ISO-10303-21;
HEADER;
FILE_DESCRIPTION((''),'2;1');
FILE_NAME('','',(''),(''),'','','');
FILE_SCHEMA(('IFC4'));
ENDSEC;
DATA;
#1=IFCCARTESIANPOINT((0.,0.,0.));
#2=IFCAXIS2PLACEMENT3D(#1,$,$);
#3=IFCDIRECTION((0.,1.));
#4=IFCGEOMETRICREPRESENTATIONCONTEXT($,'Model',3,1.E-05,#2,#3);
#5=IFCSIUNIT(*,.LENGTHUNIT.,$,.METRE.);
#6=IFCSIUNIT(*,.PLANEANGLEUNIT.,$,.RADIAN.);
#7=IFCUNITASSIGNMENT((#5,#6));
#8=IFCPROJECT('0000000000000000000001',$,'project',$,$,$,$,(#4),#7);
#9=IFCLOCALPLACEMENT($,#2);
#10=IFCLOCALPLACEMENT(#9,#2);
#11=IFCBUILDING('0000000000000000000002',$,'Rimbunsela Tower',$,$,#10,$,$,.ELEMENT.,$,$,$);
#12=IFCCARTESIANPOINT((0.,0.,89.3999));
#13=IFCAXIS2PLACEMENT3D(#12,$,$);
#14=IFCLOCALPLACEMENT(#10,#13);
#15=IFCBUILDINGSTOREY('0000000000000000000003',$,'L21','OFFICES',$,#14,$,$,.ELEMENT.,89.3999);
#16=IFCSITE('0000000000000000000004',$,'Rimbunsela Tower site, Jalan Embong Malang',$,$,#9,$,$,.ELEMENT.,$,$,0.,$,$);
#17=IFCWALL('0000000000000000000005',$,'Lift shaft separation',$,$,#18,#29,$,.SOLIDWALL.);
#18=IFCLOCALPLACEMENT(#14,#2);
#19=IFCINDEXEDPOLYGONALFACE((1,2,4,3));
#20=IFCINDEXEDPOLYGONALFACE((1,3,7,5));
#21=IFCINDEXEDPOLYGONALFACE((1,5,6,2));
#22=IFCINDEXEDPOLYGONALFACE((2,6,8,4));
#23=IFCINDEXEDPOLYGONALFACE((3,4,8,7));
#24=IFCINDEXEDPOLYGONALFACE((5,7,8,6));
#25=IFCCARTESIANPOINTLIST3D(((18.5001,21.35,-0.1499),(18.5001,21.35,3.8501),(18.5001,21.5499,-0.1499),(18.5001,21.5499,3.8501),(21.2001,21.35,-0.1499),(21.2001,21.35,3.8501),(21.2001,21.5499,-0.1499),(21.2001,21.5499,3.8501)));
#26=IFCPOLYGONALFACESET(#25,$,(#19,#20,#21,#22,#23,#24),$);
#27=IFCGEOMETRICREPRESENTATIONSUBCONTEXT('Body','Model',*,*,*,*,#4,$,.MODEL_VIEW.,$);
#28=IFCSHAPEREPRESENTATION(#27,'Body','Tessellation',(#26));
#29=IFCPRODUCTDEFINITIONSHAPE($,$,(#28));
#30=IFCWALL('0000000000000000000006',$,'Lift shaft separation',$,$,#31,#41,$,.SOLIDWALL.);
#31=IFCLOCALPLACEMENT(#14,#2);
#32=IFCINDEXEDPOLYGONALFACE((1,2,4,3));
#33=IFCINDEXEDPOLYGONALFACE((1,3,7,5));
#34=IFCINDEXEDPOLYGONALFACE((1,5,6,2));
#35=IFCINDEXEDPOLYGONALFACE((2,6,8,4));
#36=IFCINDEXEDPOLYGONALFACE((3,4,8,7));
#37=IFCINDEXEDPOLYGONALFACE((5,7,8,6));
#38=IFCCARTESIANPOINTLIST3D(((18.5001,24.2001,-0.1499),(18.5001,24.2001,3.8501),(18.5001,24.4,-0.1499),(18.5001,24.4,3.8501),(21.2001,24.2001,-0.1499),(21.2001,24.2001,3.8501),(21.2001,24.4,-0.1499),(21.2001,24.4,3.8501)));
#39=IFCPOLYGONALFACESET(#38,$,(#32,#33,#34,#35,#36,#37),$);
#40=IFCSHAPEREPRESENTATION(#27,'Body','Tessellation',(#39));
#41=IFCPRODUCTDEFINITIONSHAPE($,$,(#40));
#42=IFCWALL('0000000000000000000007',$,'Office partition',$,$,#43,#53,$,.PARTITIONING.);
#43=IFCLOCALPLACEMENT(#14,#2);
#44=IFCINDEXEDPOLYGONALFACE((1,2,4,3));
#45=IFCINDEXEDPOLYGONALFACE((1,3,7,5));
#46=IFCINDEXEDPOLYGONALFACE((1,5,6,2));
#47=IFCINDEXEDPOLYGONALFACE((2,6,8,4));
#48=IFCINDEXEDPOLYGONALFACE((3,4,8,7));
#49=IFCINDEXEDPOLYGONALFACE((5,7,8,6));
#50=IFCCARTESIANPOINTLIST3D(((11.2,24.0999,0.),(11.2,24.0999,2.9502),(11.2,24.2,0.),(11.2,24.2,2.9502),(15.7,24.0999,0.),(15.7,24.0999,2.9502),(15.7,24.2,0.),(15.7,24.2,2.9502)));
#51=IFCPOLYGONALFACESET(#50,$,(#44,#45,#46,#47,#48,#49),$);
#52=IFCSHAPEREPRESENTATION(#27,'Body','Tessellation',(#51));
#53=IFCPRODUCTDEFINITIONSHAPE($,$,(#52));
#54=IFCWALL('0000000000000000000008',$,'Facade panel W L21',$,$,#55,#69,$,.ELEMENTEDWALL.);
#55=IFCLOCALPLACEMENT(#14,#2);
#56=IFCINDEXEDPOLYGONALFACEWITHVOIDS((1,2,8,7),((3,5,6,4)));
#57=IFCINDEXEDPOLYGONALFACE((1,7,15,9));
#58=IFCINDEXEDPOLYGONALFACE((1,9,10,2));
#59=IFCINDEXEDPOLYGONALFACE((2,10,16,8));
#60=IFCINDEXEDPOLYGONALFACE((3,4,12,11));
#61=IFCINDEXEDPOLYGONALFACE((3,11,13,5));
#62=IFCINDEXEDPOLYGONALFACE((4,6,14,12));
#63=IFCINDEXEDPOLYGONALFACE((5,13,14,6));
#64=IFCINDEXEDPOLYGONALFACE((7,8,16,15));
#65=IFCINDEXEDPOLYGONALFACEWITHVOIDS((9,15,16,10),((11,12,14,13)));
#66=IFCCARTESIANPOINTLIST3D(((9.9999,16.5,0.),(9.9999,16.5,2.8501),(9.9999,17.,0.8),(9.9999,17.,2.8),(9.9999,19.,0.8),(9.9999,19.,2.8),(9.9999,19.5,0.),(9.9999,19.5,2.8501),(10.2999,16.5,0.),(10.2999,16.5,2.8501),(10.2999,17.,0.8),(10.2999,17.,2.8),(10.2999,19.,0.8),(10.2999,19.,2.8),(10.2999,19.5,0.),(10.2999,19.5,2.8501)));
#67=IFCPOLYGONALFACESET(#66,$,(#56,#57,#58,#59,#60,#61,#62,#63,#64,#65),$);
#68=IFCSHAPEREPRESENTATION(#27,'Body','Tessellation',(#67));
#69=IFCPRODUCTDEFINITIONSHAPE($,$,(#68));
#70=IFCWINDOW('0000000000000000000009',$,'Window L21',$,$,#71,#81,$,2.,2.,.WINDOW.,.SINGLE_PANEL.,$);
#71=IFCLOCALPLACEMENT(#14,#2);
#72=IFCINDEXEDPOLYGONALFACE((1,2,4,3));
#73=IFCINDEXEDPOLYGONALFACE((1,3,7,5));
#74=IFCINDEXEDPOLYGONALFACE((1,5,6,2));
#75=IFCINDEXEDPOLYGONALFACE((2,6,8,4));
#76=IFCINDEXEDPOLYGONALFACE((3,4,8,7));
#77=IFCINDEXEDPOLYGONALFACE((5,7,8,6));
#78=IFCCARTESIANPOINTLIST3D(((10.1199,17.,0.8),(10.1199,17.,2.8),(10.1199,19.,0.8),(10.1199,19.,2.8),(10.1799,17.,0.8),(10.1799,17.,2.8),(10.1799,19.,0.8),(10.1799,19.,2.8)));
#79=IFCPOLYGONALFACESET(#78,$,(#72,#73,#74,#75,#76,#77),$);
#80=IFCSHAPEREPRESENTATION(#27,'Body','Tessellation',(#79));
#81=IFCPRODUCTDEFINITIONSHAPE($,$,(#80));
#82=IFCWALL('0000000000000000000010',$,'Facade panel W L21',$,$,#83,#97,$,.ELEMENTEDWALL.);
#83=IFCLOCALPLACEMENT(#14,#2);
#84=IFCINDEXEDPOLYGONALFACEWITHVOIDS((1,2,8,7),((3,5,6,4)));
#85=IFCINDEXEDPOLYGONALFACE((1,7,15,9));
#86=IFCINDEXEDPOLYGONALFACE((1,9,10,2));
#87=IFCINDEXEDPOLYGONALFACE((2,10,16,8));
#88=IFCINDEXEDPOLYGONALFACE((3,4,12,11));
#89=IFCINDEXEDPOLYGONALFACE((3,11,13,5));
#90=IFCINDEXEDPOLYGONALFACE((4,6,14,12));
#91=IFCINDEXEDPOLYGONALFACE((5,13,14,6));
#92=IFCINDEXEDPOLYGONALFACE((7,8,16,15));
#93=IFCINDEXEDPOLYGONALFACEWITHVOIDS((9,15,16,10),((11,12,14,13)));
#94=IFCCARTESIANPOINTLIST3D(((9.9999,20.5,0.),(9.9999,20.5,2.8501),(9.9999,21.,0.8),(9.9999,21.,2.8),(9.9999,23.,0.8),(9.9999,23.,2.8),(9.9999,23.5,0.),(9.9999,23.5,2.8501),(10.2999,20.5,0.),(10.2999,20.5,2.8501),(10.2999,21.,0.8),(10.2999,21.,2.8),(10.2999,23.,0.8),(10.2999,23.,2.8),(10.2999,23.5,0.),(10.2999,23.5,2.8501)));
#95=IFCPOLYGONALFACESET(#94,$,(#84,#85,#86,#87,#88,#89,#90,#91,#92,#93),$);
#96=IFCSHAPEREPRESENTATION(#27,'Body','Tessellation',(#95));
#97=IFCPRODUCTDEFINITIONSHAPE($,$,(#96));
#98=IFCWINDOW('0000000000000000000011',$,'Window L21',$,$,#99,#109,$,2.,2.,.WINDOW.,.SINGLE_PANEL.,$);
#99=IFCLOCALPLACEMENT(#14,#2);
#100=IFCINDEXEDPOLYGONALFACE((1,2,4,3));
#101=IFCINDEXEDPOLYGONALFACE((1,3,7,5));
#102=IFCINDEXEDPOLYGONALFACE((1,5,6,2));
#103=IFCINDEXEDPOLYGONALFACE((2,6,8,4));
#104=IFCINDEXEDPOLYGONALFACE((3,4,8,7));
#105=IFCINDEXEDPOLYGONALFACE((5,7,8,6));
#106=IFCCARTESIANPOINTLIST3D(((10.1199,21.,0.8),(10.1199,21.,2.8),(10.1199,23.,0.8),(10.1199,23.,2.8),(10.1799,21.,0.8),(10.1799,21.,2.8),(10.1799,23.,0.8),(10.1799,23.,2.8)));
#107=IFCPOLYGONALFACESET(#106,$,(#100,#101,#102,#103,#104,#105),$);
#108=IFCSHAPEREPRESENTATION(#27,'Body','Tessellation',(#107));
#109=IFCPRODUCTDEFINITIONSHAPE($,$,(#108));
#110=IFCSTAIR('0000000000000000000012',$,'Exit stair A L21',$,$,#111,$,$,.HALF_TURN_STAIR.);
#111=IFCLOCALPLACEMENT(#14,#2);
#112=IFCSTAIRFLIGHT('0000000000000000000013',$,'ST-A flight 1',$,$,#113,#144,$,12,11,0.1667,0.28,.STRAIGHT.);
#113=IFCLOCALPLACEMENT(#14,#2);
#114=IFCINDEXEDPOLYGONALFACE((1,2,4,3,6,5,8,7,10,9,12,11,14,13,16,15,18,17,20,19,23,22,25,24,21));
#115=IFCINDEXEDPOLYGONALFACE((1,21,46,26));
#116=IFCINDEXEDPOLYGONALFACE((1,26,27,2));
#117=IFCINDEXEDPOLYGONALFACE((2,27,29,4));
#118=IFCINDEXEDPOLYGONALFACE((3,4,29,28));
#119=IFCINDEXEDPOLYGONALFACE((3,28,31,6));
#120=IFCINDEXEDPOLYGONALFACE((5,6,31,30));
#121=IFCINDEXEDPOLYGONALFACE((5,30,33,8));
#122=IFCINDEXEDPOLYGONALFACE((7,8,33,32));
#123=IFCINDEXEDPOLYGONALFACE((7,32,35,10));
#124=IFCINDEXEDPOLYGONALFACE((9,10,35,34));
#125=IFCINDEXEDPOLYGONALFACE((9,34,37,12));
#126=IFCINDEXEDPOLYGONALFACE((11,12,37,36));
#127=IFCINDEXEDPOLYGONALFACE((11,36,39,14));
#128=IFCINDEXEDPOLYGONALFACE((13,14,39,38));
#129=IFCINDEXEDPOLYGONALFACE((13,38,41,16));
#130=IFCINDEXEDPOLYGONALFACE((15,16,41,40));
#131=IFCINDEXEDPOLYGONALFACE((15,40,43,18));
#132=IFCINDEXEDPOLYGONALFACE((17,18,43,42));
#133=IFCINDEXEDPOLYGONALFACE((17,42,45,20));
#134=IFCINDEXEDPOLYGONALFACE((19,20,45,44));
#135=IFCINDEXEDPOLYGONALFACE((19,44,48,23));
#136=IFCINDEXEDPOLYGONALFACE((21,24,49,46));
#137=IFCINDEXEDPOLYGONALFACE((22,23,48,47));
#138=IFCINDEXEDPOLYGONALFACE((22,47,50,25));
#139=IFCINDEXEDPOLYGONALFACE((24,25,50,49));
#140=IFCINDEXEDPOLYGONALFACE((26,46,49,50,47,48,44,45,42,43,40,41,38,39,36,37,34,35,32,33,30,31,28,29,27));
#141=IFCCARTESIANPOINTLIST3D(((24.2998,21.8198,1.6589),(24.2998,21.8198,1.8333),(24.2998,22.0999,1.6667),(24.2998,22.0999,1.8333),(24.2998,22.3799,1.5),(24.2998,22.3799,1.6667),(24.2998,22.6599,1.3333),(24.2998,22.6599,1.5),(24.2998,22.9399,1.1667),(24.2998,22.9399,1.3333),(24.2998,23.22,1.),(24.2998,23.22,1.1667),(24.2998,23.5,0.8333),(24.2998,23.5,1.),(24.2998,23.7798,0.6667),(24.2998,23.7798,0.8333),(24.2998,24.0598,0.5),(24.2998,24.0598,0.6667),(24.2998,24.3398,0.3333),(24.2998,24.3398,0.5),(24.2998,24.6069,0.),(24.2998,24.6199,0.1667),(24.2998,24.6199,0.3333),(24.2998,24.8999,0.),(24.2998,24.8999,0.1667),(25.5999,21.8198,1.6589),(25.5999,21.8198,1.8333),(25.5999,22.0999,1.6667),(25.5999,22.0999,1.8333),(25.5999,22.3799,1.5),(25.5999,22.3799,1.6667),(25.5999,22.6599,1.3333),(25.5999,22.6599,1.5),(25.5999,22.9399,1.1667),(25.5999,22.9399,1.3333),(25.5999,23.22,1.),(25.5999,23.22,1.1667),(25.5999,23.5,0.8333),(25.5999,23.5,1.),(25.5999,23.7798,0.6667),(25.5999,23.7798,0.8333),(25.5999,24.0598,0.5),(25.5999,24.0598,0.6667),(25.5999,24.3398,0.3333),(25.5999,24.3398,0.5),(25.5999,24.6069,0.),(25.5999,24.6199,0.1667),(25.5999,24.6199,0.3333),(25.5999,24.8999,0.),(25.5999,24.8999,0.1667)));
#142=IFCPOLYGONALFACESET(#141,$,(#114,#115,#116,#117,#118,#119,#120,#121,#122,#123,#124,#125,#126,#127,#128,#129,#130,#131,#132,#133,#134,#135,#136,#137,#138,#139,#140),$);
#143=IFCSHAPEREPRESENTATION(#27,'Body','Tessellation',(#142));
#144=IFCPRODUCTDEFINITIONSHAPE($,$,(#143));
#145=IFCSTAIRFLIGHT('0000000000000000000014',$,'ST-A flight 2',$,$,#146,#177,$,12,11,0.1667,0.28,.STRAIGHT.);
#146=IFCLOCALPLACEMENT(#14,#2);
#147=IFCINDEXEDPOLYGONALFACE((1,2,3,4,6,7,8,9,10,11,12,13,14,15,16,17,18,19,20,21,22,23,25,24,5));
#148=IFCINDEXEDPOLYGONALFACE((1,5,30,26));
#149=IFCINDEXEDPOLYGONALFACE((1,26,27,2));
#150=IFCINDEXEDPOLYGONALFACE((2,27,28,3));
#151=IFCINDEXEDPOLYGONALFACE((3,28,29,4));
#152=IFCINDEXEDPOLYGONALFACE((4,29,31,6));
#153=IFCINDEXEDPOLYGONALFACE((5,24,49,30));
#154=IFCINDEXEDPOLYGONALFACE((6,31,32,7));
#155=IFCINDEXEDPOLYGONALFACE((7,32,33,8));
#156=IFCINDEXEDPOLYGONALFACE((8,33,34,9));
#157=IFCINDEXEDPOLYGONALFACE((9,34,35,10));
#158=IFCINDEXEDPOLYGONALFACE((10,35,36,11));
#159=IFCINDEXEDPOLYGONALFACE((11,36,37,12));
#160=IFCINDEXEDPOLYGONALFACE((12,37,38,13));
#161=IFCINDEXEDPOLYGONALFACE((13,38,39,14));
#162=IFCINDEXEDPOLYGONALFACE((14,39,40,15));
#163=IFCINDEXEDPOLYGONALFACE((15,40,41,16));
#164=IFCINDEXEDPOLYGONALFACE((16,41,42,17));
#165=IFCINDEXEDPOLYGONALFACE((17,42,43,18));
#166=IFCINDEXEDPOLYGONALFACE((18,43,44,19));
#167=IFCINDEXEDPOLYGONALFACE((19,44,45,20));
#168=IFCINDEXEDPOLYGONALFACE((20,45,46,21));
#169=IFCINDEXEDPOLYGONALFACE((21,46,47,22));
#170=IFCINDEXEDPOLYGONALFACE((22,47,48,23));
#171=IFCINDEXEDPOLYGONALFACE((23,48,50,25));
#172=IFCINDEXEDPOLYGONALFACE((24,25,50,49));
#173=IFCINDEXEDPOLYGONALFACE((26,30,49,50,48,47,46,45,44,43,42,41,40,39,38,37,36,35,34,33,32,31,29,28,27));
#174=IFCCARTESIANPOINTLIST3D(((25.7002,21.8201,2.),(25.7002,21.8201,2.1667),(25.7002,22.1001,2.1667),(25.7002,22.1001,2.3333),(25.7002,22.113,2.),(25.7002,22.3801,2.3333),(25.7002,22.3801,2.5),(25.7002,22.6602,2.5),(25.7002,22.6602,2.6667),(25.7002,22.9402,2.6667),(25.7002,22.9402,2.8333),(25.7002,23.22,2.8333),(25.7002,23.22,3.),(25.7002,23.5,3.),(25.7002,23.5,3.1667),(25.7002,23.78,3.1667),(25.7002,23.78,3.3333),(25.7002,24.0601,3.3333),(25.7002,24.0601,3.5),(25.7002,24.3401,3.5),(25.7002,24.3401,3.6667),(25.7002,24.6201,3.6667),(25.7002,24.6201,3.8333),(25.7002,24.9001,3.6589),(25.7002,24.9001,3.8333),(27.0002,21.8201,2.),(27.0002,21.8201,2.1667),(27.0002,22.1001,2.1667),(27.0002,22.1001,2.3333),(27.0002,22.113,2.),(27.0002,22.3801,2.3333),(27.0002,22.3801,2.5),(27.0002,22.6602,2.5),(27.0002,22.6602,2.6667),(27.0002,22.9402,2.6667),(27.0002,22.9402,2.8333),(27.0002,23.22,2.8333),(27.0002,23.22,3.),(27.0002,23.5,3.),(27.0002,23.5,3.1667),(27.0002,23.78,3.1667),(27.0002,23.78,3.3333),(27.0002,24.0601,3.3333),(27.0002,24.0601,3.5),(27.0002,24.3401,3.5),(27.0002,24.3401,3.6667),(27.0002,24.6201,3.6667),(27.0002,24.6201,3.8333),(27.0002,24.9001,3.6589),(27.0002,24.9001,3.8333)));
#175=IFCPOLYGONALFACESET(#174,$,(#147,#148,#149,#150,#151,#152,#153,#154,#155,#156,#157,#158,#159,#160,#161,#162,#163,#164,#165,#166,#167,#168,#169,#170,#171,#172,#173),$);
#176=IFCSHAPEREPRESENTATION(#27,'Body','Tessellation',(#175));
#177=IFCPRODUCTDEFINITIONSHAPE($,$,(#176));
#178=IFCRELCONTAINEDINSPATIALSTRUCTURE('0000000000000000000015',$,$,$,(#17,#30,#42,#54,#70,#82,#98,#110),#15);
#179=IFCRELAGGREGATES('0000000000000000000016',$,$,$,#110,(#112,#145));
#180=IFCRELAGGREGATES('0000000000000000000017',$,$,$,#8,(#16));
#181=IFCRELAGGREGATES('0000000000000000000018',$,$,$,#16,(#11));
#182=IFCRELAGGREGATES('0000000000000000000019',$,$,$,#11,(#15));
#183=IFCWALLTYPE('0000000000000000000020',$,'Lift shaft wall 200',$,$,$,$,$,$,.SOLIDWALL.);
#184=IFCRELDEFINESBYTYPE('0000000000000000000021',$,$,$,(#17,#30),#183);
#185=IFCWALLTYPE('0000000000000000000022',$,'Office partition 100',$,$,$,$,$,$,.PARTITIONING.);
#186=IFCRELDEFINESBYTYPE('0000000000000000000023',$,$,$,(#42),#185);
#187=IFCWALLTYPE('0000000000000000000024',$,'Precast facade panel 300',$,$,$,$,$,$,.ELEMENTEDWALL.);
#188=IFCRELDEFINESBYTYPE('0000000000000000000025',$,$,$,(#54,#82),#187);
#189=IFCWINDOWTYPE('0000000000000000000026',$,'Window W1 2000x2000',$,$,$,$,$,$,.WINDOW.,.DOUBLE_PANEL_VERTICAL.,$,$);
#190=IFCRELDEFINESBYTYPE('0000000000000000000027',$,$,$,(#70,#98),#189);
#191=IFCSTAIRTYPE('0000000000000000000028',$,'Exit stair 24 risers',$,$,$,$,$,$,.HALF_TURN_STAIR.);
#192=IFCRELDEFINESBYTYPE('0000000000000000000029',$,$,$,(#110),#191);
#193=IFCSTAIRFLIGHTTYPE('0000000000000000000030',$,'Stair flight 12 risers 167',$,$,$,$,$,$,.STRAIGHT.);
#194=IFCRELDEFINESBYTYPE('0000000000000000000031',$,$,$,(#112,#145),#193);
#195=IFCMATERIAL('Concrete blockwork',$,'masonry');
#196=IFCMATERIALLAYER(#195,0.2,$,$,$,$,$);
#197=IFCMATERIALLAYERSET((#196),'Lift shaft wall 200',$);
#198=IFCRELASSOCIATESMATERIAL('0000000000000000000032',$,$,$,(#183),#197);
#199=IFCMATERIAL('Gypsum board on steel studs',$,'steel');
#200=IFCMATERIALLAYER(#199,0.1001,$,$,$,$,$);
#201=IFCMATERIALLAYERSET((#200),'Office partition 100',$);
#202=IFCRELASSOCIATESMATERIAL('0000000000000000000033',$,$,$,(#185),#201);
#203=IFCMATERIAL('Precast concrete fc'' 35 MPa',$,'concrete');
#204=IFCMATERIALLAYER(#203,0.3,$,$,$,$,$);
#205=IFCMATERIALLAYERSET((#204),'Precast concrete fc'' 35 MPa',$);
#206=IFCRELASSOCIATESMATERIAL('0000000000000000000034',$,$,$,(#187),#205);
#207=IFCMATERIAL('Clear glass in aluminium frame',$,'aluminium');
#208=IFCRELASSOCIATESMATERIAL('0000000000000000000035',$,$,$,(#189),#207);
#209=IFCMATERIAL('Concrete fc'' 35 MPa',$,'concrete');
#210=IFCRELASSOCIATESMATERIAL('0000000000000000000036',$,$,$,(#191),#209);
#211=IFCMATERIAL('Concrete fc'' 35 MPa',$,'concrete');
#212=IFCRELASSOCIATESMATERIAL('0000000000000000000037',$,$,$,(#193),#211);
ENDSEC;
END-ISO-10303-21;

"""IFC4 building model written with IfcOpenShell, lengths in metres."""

from ifc_helpers import new_model, si_unit, direction, frame, frame_2d, origin, place, context, subcontext, project, spatial, polyline, rectangle, outline, extrude, material, layer, layer_set, type_object, element, fill, aggregate, save


model = new_model("IFC4")

# Units and contexts
model_context = context("Model", 3, precision=1e-05, world=origin(), true_north=direction((0.0, 1.0)))
body_context = subcontext(model_context, "Body", "Model", "MODEL_VIEW")
ifc_project = project(units=[si_unit("LENGTHUNIT", "METRE"), si_unit("PLANEANGLEUNIT", "RADIAN")], contexts=[model_context])

# Site, building, storey
site_placement = place(None, origin())
site = spatial("IfcSite", under=ifc_project, at=site_placement, Name="Rimbunsela Tower site, Jalan Embong Malang", CompositionType="ELEMENT", RefElevation=0.0)
building_placement = place(site_placement, origin())
building = spatial("IfcBuilding", under=site, at=building_placement, Name="Rimbunsela Tower", CompositionType="ELEMENT")
storey_placement = place(building_placement, frame((0.0, 0.0, 89.3999)))
storey = spatial("IfcBuildingStorey", under=building, at=storey_placement, Name="L21", Description="OFFICES", CompositionType="ELEMENT", Elevation=89.3999)

# Walls
ifc_material_1 = material(Name="Concrete blockwork", Category="masonry")
ifc_layer_1 = layer(ifc_material_1, 0.2)
ifc_layer_set_1 = layer_set([ifc_layer_1], Name="Lift shaft wall 200")
wall_type_1 = type_object("IfcWallType", Name="Lift shaft wall 200", PredefinedType="SOLIDWALL", material=ifc_layer_set_1)
for number, where, z_axis, x_axis, name in (
    (1, (18.5, 21.45, -0.1499), (0.0, 0.0, 1.0), (1.0, 0.0, 0.0), "Lift shaft separation"),
    (2, (18.5, 24.3, -0.1499), (0.0, 0.0, 1.0), (1.0, 0.0, 0.0), "Lift shaft separation"),
):
    element("IfcWall", number, at=place(storey_placement, frame(where, z_axis=z_axis, x_axis=x_axis)), inside=storey, type_object=wall_type_1, Name=name, PredefinedType="SOLIDWALL", context=body_context, shape_type="SweptSolid", body=[
        extrude(rectangle(XDim=2.7, YDim=0.2, at=frame_2d((1.3501, 0.0))), origin(), (0.0, 0.0, 1.0), 4.0),
    ])
ifc_material_2 = material(Name="Gypsum board on steel studs", Category="steel")
ifc_layer_2 = layer(ifc_material_2, 0.1001)
ifc_layer_set_2 = layer_set([ifc_layer_2], Name="Office partition 100")
wall_type_2 = type_object("IfcWallType", Name="Office partition 100", PredefinedType="PARTITIONING", material=ifc_layer_set_2)
wall_1_placement = place(storey_placement, frame((11.2, 24.1499, 0.0), z_axis=(0.0, 0.0, 1.0), x_axis=(1.0, 0.0, 0.0)))
element("IfcWall", 3, at=wall_1_placement, inside=storey, type_object=wall_type_2, Name="Office partition", PredefinedType="PARTITIONING", context=body_context, shape_type="SweptSolid", body=[
    extrude(rectangle(XDim=4.5, YDim=0.1001, at=frame_2d((2.25, 0.0))), origin(), (0.0, 0.0, 1.0), 2.9502),
])

# Walls, openings, windows
ifc_material_3 = material(Name="Precast concrete fc' 35 MPa", Category="concrete")
ifc_layer_3 = layer(ifc_material_3, 0.3)
ifc_layer_set_3 = layer_set([ifc_layer_3], Name="Precast concrete fc' 35 MPa")
wall_type_3 = type_object("IfcWallType", Name="Precast facade panel 300", PredefinedType="ELEMENTEDWALL", material=ifc_layer_set_3)
wall_2_placement = place(storey_placement, frame((10.1499, 19.5, 0.0), z_axis=(0.0, 0.0, 1.0), x_axis=(0.0, -1.0, 0.0)))
wall_2 = element("IfcWall", 4, at=wall_2_placement, inside=storey, type_object=wall_type_3, Name="Facade panel W L21", PredefinedType="ELEMENTEDWALL", context=body_context, shape_type="SweptSolid", body=[
    extrude(rectangle(XDim=3.0, YDim=0.3, at=frame_2d((1.5, 0.0))), origin(), (0.0, 0.0, 1.0), 2.8501),
])
opening_1_placement = place(wall_2_placement, frame((0.5, 0.0, 0.8)))
opening_1 = element("IfcOpeningElement", 5, at=opening_1_placement, cuts=wall_2, PredefinedType="OPENING", context=body_context, shape_type="SweptSolid", body=[
    extrude(rectangle(XDim=2.0, YDim=2.0, at=frame_2d((1.0, 1.0))), frame((0.0, 0.1599, 0.0), z_axis=(0.0, -1.0, 0.0), x_axis=(1.0, 0.0, 0.0)), (0.0, 0.0, 1.0), 0.3201),
])
ifc_material_4 = material(Name="Clear glass in aluminium frame", Category="aluminium")
window_type = type_object("IfcWindowType", Name="Window W1 2000x2000", PartitioningType="DOUBLE_PANEL_VERTICAL", PredefinedType="WINDOW", material=ifc_material_4)
window_1_placement = place(opening_1_placement, origin())
window_1 = element("IfcWindow", 6, at=window_1_placement, inside=storey, type_object=window_type, Name="Window L21", OverallHeight=2.0, OverallWidth=2.0, PartitioningType="SINGLE_PANEL", PredefinedType="WINDOW", context=body_context, shape_type="SweptSolid", body=[
    extrude(rectangle(XDim=2.0, YDim=2.0, at=frame_2d((1.0, 1.0))), frame((0.0, 0.03, 0.0), z_axis=(0.0, -1.0, 0.0), x_axis=(1.0, 0.0, 0.0)), (0.0, 0.0, 1.0), 0.0601),
])
fill(opening_1, window_1)
wall_3_placement = place(storey_placement, frame((10.1499, 23.5, 0.0), z_axis=(0.0, 0.0, 1.0), x_axis=(0.0, -1.0, 0.0)))
wall_3 = element("IfcWall", 7, at=wall_3_placement, inside=storey, type_object=wall_type_3, Name="Facade panel W L21", PredefinedType="ELEMENTEDWALL", context=body_context, shape_type="SweptSolid", body=[
    extrude(rectangle(XDim=3.0, YDim=0.3, at=frame_2d((1.5, 0.0))), origin(), (0.0, 0.0, 1.0), 2.8501),
])
opening_2_placement = place(wall_3_placement, frame((0.5, 0.0, 0.8)))
opening_2 = element("IfcOpeningElement", 8, at=opening_2_placement, cuts=wall_3, PredefinedType="OPENING", context=body_context, shape_type="SweptSolid", body=[
    extrude(rectangle(XDim=2.0, YDim=2.0, at=frame_2d((1.0, 1.0))), frame((0.0, 0.1599, 0.0), z_axis=(0.0, -1.0, 0.0), x_axis=(1.0, 0.0, 0.0)), (0.0, 0.0, 1.0), 0.3201),
])
window_2_placement = place(opening_2_placement, origin())
window_2 = element("IfcWindow", 9, at=window_2_placement, inside=storey, type_object=window_type, Name="Window L21", OverallHeight=2.0, OverallWidth=2.0, PartitioningType="SINGLE_PANEL", PredefinedType="WINDOW", context=body_context, shape_type="SweptSolid", body=[
    extrude(rectangle(XDim=2.0, YDim=2.0, at=frame_2d((1.0, 1.0))), frame((0.0, 0.03, 0.0), z_axis=(0.0, -1.0, 0.0), x_axis=(1.0, 0.0, 0.0)), (0.0, 0.0, 1.0), 0.0601),
])
fill(opening_2, window_2)

# Stair, stair flights
ifc_material_5 = material(Name="Concrete fc' 35 MPa", Category="concrete")
stair_type = type_object("IfcStairType", Name="Exit stair 24 risers", PredefinedType="HALF_TURN_STAIR", material=ifc_material_5)
stair_placement = place(storey_placement, origin())
stair = element("IfcStair", 10, at=stair_placement, inside=storey, type_object=stair_type, Name="Exit stair A L21", PredefinedType="HALF_TURN_STAIR")
ifc_material_6 = material(Name="Concrete fc' 35 MPa", Category="concrete")
stair_flight_type = type_object("IfcStairFlightType", Name="Stair flight 12 risers 167", PredefinedType="STRAIGHT", material=ifc_material_6)
stair_flight_1_placement = place(storey_placement, frame((24.95, 24.8999, 0.0), z_axis=(0.0, 0.0, 1.0), x_axis=(0.0, -1.0, 0.0)))
stair_flight_1 = element("IfcStairFlight", 11, at=stair_flight_1_placement, type_object=stair_flight_type, Name="ST-A flight 1", NumberOfRisers=12, NumberOfTreads=11, PredefinedType="STRAIGHT", RiserHeight=0.1667, TreadLength=0.28, context=body_context, shape_type="SweptSolid", body=[
    extrude(outline(polyline([(0.0, 0.0), (0.0, 0.1667), (0.28, 0.1667), (0.28, 0.3333), (0.5601, 0.3333), (0.5601, 0.5), (0.8401, 0.5), (0.8401, 0.6667), (1.1201, 0.6667), (1.1201, 0.8333), (1.3999, 0.8333), (1.3999, 1.0), (1.6799, 1.0), (1.6799, 1.1667), (1.96, 1.1667), (1.96, 1.3333), (2.24, 1.3333), (2.24, 1.5), (2.52, 1.5), (2.52, 1.6667), (2.8, 1.6667), (2.8, 1.8333), (3.0801, 1.8333), (3.0801, 2.0), (3.0801, 1.6589), (0.293, 0.0), (0.0, 0.0)])), frame((0.0, 0.6499, 0.0), z_axis=(0.0, -1.0, 0.0), x_axis=(1.0, 0.0, 0.0)), (0.0, 0.0, 1.0), 1.3),
])
stair_flight_2_placement = place(storey_placement, frame((26.3501, 21.8201, 2.0), z_axis=(0.0, 0.0, 1.0), x_axis=(0.0, 1.0, 0.0)))
stair_flight_2 = element("IfcStairFlight", 12, at=stair_flight_2_placement, type_object=stair_flight_type, Name="ST-A flight 2", NumberOfRisers=12, NumberOfTreads=11, PredefinedType="STRAIGHT", RiserHeight=0.1667, TreadLength=0.28, context=body_context, shape_type="SweptSolid", body=[
    extrude(outline(polyline([(0.0, 0.0), (0.0, 0.1667), (0.28, 0.1667), (0.28, 0.3333), (0.5601, 0.3333), (0.5601, 0.5), (0.8401, 0.5), (0.8401, 0.6667), (1.1201, 0.6667), (1.1201, 0.8333), (1.3999, 0.8333), (1.3999, 1.0), (1.6799, 1.0), (1.6799, 1.1667), (1.96, 1.1667), (1.96, 1.3333), (2.24, 1.3333), (2.24, 1.5), (2.52, 1.5), (2.52, 1.6667), (2.8, 1.6667), (2.8, 1.8333), (3.0801, 1.8333), (3.0801, 2.0), (3.0801, 1.6589), (0.293, 0.0), (0.0, 0.0)])), frame((0.0, 0.6499, 0.0), z_axis=(0.0, -1.0, 0.0), x_axis=(1.0, 0.0, 0.0)), (0.0, 0.0, 1.0), 1.3),
])
aggregate(stair, [stair_flight_1, stair_flight_2])

save(model, "model.ifc")
